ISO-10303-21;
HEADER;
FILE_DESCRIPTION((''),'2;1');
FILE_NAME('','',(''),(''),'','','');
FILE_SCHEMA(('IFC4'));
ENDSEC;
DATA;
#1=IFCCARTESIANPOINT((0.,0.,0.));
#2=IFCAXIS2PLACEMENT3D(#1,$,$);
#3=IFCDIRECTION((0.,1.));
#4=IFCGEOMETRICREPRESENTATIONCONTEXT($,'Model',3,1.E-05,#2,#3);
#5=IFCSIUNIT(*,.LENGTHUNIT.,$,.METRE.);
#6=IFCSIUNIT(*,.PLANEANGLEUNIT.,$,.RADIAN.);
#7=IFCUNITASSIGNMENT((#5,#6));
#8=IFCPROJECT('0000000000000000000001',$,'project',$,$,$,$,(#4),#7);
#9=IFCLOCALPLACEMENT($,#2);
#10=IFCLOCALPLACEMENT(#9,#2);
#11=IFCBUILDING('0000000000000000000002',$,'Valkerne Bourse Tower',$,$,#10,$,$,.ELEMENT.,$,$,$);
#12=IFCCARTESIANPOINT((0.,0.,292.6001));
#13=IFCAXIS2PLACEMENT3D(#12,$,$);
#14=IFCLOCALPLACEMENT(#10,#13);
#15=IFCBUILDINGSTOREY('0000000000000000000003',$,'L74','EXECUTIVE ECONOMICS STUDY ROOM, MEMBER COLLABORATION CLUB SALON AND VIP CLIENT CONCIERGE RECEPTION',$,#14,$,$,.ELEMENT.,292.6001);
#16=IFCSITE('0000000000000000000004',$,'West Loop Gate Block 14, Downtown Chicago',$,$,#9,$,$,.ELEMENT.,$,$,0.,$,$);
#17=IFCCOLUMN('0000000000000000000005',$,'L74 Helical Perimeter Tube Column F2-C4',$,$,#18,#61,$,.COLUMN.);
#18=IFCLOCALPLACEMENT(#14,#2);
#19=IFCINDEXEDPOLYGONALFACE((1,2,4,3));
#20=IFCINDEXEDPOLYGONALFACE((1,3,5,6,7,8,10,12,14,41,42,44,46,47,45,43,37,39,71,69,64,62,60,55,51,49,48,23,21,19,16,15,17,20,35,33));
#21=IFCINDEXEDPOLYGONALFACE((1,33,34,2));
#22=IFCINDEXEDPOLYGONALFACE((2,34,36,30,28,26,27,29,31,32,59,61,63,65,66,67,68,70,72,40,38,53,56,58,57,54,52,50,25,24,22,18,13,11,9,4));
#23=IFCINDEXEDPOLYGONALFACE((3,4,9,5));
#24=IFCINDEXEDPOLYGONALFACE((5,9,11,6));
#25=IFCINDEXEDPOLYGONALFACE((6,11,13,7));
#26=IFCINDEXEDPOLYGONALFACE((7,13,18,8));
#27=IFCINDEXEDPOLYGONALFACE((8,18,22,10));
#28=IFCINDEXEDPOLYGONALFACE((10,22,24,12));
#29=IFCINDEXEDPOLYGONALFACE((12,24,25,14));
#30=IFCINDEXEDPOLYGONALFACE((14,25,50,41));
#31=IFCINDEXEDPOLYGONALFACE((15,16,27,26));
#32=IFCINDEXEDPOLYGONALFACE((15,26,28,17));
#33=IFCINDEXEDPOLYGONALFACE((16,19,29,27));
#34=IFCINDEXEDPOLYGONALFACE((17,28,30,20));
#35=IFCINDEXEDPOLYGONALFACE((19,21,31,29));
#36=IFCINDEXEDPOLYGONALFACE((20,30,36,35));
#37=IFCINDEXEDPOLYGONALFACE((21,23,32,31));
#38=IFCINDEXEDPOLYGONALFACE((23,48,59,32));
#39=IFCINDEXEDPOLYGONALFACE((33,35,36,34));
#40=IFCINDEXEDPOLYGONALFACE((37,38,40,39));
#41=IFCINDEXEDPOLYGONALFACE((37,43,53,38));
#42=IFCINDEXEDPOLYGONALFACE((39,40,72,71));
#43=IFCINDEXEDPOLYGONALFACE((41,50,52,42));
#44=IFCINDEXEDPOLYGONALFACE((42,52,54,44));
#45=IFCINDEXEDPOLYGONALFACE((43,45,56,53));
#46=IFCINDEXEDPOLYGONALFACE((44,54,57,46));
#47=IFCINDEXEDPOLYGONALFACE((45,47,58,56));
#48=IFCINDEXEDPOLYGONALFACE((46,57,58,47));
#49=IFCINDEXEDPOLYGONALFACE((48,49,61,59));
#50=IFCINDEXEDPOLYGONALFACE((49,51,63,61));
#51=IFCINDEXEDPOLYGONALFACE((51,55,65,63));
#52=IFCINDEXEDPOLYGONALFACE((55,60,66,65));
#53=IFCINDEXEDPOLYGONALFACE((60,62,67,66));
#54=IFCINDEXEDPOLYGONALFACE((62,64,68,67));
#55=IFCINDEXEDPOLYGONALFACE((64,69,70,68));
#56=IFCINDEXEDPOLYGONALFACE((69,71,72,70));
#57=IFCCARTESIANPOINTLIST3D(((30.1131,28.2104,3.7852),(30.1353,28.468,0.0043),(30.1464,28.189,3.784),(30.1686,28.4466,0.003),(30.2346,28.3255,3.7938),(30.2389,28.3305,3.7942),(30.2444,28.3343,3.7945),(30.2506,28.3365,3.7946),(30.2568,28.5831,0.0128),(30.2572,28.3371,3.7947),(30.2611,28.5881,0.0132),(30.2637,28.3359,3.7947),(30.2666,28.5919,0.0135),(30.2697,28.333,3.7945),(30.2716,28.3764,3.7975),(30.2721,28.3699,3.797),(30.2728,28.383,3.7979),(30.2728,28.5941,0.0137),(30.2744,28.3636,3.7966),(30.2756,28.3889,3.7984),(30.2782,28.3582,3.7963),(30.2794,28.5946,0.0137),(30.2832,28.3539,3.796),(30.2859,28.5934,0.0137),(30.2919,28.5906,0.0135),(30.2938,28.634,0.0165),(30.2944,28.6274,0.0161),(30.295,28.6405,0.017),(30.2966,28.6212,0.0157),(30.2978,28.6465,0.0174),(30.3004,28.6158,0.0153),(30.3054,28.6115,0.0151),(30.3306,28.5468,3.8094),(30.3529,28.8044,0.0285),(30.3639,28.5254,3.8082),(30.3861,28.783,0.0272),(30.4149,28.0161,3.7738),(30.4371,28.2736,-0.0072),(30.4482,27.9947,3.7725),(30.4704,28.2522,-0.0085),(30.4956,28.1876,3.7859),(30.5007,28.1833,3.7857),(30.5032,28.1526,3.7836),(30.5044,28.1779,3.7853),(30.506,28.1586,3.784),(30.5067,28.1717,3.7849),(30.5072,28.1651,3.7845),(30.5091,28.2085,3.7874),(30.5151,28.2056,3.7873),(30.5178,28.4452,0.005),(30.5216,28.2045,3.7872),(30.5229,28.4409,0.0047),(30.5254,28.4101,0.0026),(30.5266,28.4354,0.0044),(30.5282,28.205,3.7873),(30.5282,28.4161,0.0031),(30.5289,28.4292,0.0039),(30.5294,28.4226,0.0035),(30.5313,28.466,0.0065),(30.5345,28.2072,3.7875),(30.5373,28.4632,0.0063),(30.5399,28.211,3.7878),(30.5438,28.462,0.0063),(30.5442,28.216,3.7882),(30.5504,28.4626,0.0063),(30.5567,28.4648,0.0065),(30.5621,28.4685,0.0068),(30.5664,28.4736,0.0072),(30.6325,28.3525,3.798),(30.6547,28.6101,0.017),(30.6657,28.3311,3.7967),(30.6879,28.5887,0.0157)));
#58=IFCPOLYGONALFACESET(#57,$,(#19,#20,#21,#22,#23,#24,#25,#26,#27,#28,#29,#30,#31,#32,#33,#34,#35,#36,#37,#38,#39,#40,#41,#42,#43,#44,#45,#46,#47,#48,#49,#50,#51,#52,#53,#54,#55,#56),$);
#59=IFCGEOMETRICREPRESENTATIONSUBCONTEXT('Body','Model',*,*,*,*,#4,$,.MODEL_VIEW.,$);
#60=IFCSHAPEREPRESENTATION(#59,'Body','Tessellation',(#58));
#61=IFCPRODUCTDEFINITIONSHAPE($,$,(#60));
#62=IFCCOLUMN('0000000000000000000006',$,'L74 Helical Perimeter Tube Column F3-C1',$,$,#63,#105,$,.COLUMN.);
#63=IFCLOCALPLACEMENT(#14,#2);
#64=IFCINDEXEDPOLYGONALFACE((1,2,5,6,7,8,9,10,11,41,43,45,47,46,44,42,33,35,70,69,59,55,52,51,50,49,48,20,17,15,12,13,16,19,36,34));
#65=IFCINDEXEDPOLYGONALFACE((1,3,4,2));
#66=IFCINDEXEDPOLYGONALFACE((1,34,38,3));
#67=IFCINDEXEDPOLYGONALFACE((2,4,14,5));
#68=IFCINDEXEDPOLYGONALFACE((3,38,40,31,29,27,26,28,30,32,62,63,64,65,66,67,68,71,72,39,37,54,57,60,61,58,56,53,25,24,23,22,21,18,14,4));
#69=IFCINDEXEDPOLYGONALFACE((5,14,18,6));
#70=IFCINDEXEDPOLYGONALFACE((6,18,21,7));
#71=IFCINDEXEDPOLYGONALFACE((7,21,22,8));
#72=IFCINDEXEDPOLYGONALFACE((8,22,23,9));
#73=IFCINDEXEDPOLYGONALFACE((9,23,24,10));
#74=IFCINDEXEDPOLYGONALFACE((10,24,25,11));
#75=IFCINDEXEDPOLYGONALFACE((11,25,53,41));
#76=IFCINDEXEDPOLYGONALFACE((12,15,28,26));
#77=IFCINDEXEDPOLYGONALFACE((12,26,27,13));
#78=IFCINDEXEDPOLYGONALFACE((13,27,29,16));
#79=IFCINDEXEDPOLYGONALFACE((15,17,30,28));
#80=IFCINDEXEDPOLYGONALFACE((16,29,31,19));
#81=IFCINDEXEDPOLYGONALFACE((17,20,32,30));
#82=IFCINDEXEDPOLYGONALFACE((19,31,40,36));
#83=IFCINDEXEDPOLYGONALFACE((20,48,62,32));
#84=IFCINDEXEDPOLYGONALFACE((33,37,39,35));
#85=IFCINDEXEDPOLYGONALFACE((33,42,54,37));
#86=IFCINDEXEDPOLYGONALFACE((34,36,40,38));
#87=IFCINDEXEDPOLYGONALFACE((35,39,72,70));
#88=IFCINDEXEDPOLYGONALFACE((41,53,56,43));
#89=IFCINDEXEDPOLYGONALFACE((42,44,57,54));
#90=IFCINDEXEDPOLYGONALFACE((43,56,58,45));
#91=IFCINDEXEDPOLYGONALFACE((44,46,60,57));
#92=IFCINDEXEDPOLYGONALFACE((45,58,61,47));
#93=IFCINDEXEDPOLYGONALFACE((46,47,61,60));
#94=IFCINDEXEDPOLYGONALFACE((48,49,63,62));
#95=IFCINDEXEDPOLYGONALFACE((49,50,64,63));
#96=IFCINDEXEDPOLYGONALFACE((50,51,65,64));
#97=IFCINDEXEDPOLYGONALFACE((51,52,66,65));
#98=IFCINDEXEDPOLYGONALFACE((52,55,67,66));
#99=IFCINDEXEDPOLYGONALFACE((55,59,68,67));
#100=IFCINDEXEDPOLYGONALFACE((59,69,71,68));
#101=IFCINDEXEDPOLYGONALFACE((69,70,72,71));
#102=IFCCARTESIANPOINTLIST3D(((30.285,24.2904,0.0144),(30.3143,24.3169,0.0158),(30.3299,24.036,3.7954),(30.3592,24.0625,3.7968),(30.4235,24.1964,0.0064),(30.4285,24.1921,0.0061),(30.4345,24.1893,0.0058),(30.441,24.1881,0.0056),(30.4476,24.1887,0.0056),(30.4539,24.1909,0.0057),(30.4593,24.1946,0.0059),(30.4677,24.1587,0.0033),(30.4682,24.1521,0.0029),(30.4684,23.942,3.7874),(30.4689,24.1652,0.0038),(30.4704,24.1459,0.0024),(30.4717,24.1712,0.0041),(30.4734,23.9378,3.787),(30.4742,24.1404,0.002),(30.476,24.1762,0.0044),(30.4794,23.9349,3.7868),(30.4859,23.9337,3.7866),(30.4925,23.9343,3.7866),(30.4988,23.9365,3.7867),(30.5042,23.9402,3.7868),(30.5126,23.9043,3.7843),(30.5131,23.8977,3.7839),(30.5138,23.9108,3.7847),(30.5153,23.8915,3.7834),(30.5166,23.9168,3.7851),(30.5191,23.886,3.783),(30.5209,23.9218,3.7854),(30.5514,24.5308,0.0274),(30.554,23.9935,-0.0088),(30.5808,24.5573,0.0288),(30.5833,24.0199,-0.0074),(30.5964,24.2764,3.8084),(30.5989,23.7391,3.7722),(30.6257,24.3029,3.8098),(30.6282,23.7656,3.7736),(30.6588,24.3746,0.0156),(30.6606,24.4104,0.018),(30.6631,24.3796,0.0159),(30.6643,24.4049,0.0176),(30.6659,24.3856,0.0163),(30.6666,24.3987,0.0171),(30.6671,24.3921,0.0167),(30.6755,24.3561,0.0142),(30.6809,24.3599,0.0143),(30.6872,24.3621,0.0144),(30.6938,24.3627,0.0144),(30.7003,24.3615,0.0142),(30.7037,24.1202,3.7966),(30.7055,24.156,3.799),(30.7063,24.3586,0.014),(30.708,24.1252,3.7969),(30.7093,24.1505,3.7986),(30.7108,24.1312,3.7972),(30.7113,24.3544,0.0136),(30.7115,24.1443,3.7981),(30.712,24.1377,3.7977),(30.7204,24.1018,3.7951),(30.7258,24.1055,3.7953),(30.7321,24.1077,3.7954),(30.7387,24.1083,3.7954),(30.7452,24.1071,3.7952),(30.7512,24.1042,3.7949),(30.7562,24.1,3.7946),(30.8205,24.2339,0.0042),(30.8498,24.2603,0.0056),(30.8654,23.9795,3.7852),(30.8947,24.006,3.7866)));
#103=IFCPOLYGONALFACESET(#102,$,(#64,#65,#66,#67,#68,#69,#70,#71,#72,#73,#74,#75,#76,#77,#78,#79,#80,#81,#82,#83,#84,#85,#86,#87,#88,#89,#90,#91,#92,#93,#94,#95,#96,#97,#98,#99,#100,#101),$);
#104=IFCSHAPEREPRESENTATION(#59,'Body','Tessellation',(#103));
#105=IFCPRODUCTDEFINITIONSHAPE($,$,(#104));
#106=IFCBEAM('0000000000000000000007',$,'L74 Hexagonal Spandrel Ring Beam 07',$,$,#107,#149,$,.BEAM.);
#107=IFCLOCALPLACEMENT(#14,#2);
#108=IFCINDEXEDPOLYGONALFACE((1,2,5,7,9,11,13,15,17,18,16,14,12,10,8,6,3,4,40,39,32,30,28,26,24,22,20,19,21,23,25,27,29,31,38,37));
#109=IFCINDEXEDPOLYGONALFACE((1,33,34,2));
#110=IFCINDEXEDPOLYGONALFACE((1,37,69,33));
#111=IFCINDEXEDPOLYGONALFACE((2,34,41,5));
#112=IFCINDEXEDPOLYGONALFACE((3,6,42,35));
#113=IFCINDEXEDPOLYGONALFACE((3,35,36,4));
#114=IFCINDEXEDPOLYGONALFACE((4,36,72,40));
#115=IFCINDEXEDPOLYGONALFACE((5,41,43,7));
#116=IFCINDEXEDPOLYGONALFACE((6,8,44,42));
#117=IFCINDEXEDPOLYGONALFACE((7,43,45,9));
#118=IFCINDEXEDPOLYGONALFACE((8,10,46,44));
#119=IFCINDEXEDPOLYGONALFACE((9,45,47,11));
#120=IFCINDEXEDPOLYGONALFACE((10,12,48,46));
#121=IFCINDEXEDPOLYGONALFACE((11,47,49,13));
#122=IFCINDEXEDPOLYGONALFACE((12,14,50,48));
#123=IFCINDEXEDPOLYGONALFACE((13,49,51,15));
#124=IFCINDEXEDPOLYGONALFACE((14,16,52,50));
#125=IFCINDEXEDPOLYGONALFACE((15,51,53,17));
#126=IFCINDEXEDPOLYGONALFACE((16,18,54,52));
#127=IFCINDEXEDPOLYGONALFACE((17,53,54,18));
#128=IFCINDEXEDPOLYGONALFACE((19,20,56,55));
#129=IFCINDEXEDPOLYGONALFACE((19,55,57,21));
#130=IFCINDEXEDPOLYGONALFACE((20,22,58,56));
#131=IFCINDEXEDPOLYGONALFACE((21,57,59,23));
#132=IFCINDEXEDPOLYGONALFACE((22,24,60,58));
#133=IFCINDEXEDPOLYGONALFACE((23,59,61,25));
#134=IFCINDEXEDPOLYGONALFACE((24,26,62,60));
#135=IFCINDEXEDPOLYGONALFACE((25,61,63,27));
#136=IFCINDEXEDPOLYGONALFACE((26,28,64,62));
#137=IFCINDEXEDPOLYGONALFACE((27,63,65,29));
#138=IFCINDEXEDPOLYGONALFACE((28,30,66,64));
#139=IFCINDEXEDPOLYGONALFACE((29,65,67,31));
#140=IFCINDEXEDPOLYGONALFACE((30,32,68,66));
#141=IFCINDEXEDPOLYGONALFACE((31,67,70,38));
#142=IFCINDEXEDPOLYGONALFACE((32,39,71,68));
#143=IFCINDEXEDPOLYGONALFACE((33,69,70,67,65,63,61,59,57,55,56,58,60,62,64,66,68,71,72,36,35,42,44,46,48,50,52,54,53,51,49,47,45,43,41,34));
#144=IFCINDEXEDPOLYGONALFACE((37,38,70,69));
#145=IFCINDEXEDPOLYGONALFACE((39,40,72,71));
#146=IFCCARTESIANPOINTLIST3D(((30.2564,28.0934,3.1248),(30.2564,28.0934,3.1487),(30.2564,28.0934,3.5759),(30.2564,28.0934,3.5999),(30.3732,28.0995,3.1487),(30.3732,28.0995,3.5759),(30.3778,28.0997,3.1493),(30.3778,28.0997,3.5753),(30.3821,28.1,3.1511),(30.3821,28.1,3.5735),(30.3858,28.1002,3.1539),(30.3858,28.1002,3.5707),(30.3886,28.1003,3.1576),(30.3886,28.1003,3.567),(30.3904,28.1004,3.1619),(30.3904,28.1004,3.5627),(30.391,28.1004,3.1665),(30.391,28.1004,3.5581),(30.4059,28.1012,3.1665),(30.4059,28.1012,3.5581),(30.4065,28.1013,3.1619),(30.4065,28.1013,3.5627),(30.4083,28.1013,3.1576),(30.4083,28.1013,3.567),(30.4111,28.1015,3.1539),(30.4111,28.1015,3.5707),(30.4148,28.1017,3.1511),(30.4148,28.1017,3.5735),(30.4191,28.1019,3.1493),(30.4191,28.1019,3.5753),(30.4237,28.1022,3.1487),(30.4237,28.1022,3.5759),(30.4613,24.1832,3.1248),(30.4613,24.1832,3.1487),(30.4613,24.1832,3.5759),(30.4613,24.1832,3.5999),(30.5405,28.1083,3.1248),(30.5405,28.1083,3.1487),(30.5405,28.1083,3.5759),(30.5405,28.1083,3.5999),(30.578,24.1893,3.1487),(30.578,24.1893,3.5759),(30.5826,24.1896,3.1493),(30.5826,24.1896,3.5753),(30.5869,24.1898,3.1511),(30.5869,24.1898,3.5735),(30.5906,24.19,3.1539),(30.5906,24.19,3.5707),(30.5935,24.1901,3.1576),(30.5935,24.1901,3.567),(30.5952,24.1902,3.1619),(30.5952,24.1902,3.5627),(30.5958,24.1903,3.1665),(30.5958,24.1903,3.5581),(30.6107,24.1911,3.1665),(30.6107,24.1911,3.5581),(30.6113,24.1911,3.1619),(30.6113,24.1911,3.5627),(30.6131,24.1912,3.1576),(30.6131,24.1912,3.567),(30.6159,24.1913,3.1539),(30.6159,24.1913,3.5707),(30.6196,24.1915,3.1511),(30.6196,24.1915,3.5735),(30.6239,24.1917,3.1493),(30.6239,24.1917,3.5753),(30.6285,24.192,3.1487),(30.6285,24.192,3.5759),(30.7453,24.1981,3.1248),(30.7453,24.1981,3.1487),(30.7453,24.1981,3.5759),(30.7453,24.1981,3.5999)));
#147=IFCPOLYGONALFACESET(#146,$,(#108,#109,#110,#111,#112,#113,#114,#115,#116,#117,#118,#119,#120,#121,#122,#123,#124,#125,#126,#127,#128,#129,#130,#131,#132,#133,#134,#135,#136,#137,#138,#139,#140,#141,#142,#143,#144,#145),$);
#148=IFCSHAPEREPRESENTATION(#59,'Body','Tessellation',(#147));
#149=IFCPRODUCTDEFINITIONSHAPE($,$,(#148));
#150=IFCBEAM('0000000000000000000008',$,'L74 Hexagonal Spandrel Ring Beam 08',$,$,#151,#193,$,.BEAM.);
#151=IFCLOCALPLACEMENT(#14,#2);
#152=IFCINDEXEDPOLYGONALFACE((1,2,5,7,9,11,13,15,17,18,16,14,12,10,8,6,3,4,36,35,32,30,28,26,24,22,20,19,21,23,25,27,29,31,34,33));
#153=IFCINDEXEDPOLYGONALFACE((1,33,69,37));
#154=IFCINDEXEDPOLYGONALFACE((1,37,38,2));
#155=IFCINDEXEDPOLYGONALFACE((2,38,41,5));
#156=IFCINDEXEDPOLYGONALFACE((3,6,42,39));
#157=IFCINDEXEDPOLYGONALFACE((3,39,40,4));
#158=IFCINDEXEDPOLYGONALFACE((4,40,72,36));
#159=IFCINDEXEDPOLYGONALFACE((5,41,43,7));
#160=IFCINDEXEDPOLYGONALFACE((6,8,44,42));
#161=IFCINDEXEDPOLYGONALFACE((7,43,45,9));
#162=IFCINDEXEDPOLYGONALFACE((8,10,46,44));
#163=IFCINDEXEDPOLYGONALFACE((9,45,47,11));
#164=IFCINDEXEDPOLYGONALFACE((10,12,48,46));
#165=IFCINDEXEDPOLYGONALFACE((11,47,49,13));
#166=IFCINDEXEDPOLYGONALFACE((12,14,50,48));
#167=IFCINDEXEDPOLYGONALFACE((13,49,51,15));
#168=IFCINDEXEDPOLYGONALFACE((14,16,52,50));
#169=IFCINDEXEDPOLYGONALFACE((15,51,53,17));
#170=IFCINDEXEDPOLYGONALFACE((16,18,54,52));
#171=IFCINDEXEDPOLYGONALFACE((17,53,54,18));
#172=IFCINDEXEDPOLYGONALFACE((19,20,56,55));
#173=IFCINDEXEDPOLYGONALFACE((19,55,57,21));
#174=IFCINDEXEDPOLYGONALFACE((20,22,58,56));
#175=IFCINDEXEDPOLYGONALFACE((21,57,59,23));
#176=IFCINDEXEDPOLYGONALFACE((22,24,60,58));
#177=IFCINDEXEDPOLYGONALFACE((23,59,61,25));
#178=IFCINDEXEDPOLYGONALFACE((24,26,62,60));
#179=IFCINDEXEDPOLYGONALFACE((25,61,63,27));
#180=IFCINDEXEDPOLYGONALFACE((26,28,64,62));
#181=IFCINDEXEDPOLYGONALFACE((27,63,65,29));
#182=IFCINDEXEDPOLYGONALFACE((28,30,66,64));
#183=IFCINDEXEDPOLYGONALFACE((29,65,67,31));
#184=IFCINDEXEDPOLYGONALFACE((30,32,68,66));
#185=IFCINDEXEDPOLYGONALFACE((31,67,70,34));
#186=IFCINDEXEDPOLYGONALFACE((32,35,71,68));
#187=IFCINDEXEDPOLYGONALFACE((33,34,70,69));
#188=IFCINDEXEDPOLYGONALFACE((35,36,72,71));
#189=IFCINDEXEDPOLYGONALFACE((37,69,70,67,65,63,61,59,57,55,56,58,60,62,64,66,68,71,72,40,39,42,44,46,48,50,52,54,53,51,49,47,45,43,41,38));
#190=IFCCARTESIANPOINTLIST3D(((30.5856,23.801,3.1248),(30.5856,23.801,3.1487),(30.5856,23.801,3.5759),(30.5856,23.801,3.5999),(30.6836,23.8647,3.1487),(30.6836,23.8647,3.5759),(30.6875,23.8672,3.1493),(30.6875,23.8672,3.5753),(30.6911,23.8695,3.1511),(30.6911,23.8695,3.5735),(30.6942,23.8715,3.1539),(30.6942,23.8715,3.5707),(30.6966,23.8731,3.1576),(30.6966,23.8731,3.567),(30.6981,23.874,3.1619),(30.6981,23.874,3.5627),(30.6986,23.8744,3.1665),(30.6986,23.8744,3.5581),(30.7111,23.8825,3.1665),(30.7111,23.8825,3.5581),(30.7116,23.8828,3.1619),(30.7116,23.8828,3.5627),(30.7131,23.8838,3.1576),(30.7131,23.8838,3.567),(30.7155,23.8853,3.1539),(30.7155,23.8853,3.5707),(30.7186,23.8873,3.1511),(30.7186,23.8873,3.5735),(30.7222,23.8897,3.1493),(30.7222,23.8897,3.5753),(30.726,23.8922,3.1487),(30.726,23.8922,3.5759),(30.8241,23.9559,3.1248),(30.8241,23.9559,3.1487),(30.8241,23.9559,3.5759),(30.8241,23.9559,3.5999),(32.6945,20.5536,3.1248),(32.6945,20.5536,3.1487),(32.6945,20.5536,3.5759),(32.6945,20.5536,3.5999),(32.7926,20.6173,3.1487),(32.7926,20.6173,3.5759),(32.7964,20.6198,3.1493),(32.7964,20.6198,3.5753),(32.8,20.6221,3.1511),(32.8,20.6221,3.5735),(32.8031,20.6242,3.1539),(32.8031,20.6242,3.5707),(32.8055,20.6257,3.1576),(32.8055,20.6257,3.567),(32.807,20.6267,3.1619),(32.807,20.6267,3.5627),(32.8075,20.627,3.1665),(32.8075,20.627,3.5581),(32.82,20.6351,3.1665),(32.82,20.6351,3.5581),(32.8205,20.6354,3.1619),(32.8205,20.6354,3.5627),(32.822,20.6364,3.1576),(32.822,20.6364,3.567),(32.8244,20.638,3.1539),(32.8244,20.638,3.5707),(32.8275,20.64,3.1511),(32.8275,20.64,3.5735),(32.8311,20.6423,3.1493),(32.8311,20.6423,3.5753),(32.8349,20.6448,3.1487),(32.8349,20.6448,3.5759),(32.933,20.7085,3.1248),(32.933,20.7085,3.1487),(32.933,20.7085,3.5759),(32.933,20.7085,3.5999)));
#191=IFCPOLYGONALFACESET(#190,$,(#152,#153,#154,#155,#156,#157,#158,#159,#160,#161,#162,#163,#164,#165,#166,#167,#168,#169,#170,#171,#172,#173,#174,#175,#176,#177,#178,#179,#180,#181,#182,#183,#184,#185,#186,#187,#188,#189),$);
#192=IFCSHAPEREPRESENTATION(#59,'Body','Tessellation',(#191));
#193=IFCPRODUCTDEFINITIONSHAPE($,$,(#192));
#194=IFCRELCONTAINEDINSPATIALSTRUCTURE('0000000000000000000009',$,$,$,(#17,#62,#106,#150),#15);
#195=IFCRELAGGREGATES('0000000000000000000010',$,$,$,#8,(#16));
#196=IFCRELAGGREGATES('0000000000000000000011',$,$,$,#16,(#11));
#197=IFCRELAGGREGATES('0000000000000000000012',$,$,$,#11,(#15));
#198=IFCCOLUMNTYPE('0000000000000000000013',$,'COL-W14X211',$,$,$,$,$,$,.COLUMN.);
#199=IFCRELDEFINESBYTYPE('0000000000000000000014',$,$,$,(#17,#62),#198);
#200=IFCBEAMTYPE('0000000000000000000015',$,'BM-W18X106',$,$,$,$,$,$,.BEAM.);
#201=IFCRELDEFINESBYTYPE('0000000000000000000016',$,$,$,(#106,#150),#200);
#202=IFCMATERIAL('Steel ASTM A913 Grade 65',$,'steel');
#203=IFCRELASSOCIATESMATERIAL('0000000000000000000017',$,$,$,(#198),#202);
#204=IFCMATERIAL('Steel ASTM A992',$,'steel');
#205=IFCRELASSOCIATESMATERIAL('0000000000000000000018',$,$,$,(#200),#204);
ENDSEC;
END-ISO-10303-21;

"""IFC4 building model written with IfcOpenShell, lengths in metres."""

from ifc_helpers import new_model, si_unit, direction, frame, origin, origin_2d, place, context, subcontext, project, spatial, i_section, extrude, material, material_profile, profile_set, type_object, element, save


model = new_model("IFC4")

# Units and contexts
model_context = context("Model", 3, precision=1e-05, world=origin(), true_north=direction((0.0, 1.0)))
body_context = subcontext(model_context, "Body", "Model", "MODEL_VIEW")
ifc_project = project(units=[si_unit("LENGTHUNIT", "METRE"), si_unit("PLANEANGLEUNIT", "RADIAN")], contexts=[model_context])

# Site, building, storey
site_placement = place(None, origin())
site = spatial("IfcSite", under=ifc_project, at=site_placement, Name="West Loop Gate Block 14, Downtown Chicago", CompositionType="ELEMENT", RefElevation=0.0)
building_placement = place(site_placement, origin())
building = spatial("IfcBuilding", under=site, at=building_placement, Name="Valkerne Bourse Tower", CompositionType="ELEMENT")
storey_placement = place(building_placement, frame((0.0, 0.0, 292.6001)))
storey = spatial("IfcBuildingStorey", under=building, at=storey_placement, Name="L74", Description="EXECUTIVE ECONOMICS STUDY ROOM, MEMBER COLLABORATION CLUB SALON AND VIP CLIENT CONCIERGE RECEPTION", CompositionType="ELEMENT", Elevation=292.6001)

# Columns
ifc_material_1 = material(Name="Steel ASTM A913 Grade 65", Category="steel")
ifc_material_profile_1 = material_profile(ifc_material_1, i_section(OverallWidth=0.4014, OverallDepth=0.3987, WebThickness=0.0249, FlangeThickness=0.0396, FilletRadius=0.0254, at=origin_2d()), Name="W14X211")
ifc_profile_set_1 = profile_set([ifc_material_profile_1], Name="Steel ASTM A913 Grade 65")
column_type = type_object("IfcColumnType", Name="COL-W14X211", PredefinedType="COLUMN", material=ifc_profile_set_1)
for number, where, z_axis, x_axis, name in (
    (1, (30.4116, 28.5283, 0.01), (-0.005862, -0.067963, 0.997671), (-0.54197, -0.838233, -0.060286), "L74 Helical Perimeter Tube Column F2-C4"),
    (2, (30.5674, 24.2754, 0.01), (0.011853, -0.067126, 0.997674), (0.670269, -0.739869, -0.057743), "L74 Helical Perimeter Tube Column F3-C1"),
):
    element("IfcColumn", number, at=place(storey_placement, frame(where, z_axis=z_axis, x_axis=x_axis)), inside=storey, type_object=column_type, Name=name, PredefinedType="COLUMN", context=body_context, shape_type="SweptSolid", body=[
        extrude(i_section(OverallWidth=0.4014, OverallDepth=0.3987, WebThickness=0.0249, FlangeThickness=0.0396, FilletRadius=0.0254, at=origin_2d()), origin(), (0.0, 0.0, 1.0), 3.7898),
    ])

# Beams
ifc_material_2 = material(Name="Steel ASTM A992", Category="steel")
ifc_material_profile_2 = material_profile(ifc_material_2, i_section(OverallWidth=0.2844, OverallDepth=0.4751, WebThickness=0.0149, FlangeThickness=0.0239, FilletRadius=0.0178, at=origin_2d()), Name="W18X106")
ifc_profile_set_2 = profile_set([ifc_material_profile_2], Name="Steel ASTM A992")
beam_type = type_object("IfcBeamType", Name="BM-W18X106", PredefinedType="BEAM", material=ifc_profile_set_2)
beam_1_placement = place(storey_placement, frame((30.3984, 28.1008, 3.3623), z_axis=(0.052313, -0.998631, 0.0), x_axis=(0.998631, 0.052313, 0.0)))
element("IfcBeam", 3, at=beam_1_placement, inside=storey, type_object=beam_type, Name="L74 Hexagonal Spandrel Ring Beam 07", PredefinedType="BEAM", context=body_context, shape_type="SweptSolid", body=[
    extrude(i_section(OverallWidth=0.2844, OverallDepth=0.4751, WebThickness=0.0149, FlangeThickness=0.0239, FilletRadius=0.0178, at=origin_2d()), origin(), (0.0, 0.0, 1.0), 3.9155),
])
beam_2_placement = place(storey_placement, frame((30.7048, 23.8784, 3.3623), z_axis=(0.544649, -0.838664, 0.0), x_axis=(0.838664, 0.544649, 0.0)))
element("IfcBeam", 4, at=beam_2_placement, inside=storey, type_object=beam_type, Name="L74 Hexagonal Spandrel Ring Beam 08", PredefinedType="BEAM", context=body_context, shape_type="SweptSolid", body=[
    extrude(i_section(OverallWidth=0.2844, OverallDepth=0.4751, WebThickness=0.0149, FlangeThickness=0.0239, FilletRadius=0.0178, at=origin_2d()), origin(), (0.0, 0.0, 1.0), 3.8721),
])

save(model, "model.ifc")
